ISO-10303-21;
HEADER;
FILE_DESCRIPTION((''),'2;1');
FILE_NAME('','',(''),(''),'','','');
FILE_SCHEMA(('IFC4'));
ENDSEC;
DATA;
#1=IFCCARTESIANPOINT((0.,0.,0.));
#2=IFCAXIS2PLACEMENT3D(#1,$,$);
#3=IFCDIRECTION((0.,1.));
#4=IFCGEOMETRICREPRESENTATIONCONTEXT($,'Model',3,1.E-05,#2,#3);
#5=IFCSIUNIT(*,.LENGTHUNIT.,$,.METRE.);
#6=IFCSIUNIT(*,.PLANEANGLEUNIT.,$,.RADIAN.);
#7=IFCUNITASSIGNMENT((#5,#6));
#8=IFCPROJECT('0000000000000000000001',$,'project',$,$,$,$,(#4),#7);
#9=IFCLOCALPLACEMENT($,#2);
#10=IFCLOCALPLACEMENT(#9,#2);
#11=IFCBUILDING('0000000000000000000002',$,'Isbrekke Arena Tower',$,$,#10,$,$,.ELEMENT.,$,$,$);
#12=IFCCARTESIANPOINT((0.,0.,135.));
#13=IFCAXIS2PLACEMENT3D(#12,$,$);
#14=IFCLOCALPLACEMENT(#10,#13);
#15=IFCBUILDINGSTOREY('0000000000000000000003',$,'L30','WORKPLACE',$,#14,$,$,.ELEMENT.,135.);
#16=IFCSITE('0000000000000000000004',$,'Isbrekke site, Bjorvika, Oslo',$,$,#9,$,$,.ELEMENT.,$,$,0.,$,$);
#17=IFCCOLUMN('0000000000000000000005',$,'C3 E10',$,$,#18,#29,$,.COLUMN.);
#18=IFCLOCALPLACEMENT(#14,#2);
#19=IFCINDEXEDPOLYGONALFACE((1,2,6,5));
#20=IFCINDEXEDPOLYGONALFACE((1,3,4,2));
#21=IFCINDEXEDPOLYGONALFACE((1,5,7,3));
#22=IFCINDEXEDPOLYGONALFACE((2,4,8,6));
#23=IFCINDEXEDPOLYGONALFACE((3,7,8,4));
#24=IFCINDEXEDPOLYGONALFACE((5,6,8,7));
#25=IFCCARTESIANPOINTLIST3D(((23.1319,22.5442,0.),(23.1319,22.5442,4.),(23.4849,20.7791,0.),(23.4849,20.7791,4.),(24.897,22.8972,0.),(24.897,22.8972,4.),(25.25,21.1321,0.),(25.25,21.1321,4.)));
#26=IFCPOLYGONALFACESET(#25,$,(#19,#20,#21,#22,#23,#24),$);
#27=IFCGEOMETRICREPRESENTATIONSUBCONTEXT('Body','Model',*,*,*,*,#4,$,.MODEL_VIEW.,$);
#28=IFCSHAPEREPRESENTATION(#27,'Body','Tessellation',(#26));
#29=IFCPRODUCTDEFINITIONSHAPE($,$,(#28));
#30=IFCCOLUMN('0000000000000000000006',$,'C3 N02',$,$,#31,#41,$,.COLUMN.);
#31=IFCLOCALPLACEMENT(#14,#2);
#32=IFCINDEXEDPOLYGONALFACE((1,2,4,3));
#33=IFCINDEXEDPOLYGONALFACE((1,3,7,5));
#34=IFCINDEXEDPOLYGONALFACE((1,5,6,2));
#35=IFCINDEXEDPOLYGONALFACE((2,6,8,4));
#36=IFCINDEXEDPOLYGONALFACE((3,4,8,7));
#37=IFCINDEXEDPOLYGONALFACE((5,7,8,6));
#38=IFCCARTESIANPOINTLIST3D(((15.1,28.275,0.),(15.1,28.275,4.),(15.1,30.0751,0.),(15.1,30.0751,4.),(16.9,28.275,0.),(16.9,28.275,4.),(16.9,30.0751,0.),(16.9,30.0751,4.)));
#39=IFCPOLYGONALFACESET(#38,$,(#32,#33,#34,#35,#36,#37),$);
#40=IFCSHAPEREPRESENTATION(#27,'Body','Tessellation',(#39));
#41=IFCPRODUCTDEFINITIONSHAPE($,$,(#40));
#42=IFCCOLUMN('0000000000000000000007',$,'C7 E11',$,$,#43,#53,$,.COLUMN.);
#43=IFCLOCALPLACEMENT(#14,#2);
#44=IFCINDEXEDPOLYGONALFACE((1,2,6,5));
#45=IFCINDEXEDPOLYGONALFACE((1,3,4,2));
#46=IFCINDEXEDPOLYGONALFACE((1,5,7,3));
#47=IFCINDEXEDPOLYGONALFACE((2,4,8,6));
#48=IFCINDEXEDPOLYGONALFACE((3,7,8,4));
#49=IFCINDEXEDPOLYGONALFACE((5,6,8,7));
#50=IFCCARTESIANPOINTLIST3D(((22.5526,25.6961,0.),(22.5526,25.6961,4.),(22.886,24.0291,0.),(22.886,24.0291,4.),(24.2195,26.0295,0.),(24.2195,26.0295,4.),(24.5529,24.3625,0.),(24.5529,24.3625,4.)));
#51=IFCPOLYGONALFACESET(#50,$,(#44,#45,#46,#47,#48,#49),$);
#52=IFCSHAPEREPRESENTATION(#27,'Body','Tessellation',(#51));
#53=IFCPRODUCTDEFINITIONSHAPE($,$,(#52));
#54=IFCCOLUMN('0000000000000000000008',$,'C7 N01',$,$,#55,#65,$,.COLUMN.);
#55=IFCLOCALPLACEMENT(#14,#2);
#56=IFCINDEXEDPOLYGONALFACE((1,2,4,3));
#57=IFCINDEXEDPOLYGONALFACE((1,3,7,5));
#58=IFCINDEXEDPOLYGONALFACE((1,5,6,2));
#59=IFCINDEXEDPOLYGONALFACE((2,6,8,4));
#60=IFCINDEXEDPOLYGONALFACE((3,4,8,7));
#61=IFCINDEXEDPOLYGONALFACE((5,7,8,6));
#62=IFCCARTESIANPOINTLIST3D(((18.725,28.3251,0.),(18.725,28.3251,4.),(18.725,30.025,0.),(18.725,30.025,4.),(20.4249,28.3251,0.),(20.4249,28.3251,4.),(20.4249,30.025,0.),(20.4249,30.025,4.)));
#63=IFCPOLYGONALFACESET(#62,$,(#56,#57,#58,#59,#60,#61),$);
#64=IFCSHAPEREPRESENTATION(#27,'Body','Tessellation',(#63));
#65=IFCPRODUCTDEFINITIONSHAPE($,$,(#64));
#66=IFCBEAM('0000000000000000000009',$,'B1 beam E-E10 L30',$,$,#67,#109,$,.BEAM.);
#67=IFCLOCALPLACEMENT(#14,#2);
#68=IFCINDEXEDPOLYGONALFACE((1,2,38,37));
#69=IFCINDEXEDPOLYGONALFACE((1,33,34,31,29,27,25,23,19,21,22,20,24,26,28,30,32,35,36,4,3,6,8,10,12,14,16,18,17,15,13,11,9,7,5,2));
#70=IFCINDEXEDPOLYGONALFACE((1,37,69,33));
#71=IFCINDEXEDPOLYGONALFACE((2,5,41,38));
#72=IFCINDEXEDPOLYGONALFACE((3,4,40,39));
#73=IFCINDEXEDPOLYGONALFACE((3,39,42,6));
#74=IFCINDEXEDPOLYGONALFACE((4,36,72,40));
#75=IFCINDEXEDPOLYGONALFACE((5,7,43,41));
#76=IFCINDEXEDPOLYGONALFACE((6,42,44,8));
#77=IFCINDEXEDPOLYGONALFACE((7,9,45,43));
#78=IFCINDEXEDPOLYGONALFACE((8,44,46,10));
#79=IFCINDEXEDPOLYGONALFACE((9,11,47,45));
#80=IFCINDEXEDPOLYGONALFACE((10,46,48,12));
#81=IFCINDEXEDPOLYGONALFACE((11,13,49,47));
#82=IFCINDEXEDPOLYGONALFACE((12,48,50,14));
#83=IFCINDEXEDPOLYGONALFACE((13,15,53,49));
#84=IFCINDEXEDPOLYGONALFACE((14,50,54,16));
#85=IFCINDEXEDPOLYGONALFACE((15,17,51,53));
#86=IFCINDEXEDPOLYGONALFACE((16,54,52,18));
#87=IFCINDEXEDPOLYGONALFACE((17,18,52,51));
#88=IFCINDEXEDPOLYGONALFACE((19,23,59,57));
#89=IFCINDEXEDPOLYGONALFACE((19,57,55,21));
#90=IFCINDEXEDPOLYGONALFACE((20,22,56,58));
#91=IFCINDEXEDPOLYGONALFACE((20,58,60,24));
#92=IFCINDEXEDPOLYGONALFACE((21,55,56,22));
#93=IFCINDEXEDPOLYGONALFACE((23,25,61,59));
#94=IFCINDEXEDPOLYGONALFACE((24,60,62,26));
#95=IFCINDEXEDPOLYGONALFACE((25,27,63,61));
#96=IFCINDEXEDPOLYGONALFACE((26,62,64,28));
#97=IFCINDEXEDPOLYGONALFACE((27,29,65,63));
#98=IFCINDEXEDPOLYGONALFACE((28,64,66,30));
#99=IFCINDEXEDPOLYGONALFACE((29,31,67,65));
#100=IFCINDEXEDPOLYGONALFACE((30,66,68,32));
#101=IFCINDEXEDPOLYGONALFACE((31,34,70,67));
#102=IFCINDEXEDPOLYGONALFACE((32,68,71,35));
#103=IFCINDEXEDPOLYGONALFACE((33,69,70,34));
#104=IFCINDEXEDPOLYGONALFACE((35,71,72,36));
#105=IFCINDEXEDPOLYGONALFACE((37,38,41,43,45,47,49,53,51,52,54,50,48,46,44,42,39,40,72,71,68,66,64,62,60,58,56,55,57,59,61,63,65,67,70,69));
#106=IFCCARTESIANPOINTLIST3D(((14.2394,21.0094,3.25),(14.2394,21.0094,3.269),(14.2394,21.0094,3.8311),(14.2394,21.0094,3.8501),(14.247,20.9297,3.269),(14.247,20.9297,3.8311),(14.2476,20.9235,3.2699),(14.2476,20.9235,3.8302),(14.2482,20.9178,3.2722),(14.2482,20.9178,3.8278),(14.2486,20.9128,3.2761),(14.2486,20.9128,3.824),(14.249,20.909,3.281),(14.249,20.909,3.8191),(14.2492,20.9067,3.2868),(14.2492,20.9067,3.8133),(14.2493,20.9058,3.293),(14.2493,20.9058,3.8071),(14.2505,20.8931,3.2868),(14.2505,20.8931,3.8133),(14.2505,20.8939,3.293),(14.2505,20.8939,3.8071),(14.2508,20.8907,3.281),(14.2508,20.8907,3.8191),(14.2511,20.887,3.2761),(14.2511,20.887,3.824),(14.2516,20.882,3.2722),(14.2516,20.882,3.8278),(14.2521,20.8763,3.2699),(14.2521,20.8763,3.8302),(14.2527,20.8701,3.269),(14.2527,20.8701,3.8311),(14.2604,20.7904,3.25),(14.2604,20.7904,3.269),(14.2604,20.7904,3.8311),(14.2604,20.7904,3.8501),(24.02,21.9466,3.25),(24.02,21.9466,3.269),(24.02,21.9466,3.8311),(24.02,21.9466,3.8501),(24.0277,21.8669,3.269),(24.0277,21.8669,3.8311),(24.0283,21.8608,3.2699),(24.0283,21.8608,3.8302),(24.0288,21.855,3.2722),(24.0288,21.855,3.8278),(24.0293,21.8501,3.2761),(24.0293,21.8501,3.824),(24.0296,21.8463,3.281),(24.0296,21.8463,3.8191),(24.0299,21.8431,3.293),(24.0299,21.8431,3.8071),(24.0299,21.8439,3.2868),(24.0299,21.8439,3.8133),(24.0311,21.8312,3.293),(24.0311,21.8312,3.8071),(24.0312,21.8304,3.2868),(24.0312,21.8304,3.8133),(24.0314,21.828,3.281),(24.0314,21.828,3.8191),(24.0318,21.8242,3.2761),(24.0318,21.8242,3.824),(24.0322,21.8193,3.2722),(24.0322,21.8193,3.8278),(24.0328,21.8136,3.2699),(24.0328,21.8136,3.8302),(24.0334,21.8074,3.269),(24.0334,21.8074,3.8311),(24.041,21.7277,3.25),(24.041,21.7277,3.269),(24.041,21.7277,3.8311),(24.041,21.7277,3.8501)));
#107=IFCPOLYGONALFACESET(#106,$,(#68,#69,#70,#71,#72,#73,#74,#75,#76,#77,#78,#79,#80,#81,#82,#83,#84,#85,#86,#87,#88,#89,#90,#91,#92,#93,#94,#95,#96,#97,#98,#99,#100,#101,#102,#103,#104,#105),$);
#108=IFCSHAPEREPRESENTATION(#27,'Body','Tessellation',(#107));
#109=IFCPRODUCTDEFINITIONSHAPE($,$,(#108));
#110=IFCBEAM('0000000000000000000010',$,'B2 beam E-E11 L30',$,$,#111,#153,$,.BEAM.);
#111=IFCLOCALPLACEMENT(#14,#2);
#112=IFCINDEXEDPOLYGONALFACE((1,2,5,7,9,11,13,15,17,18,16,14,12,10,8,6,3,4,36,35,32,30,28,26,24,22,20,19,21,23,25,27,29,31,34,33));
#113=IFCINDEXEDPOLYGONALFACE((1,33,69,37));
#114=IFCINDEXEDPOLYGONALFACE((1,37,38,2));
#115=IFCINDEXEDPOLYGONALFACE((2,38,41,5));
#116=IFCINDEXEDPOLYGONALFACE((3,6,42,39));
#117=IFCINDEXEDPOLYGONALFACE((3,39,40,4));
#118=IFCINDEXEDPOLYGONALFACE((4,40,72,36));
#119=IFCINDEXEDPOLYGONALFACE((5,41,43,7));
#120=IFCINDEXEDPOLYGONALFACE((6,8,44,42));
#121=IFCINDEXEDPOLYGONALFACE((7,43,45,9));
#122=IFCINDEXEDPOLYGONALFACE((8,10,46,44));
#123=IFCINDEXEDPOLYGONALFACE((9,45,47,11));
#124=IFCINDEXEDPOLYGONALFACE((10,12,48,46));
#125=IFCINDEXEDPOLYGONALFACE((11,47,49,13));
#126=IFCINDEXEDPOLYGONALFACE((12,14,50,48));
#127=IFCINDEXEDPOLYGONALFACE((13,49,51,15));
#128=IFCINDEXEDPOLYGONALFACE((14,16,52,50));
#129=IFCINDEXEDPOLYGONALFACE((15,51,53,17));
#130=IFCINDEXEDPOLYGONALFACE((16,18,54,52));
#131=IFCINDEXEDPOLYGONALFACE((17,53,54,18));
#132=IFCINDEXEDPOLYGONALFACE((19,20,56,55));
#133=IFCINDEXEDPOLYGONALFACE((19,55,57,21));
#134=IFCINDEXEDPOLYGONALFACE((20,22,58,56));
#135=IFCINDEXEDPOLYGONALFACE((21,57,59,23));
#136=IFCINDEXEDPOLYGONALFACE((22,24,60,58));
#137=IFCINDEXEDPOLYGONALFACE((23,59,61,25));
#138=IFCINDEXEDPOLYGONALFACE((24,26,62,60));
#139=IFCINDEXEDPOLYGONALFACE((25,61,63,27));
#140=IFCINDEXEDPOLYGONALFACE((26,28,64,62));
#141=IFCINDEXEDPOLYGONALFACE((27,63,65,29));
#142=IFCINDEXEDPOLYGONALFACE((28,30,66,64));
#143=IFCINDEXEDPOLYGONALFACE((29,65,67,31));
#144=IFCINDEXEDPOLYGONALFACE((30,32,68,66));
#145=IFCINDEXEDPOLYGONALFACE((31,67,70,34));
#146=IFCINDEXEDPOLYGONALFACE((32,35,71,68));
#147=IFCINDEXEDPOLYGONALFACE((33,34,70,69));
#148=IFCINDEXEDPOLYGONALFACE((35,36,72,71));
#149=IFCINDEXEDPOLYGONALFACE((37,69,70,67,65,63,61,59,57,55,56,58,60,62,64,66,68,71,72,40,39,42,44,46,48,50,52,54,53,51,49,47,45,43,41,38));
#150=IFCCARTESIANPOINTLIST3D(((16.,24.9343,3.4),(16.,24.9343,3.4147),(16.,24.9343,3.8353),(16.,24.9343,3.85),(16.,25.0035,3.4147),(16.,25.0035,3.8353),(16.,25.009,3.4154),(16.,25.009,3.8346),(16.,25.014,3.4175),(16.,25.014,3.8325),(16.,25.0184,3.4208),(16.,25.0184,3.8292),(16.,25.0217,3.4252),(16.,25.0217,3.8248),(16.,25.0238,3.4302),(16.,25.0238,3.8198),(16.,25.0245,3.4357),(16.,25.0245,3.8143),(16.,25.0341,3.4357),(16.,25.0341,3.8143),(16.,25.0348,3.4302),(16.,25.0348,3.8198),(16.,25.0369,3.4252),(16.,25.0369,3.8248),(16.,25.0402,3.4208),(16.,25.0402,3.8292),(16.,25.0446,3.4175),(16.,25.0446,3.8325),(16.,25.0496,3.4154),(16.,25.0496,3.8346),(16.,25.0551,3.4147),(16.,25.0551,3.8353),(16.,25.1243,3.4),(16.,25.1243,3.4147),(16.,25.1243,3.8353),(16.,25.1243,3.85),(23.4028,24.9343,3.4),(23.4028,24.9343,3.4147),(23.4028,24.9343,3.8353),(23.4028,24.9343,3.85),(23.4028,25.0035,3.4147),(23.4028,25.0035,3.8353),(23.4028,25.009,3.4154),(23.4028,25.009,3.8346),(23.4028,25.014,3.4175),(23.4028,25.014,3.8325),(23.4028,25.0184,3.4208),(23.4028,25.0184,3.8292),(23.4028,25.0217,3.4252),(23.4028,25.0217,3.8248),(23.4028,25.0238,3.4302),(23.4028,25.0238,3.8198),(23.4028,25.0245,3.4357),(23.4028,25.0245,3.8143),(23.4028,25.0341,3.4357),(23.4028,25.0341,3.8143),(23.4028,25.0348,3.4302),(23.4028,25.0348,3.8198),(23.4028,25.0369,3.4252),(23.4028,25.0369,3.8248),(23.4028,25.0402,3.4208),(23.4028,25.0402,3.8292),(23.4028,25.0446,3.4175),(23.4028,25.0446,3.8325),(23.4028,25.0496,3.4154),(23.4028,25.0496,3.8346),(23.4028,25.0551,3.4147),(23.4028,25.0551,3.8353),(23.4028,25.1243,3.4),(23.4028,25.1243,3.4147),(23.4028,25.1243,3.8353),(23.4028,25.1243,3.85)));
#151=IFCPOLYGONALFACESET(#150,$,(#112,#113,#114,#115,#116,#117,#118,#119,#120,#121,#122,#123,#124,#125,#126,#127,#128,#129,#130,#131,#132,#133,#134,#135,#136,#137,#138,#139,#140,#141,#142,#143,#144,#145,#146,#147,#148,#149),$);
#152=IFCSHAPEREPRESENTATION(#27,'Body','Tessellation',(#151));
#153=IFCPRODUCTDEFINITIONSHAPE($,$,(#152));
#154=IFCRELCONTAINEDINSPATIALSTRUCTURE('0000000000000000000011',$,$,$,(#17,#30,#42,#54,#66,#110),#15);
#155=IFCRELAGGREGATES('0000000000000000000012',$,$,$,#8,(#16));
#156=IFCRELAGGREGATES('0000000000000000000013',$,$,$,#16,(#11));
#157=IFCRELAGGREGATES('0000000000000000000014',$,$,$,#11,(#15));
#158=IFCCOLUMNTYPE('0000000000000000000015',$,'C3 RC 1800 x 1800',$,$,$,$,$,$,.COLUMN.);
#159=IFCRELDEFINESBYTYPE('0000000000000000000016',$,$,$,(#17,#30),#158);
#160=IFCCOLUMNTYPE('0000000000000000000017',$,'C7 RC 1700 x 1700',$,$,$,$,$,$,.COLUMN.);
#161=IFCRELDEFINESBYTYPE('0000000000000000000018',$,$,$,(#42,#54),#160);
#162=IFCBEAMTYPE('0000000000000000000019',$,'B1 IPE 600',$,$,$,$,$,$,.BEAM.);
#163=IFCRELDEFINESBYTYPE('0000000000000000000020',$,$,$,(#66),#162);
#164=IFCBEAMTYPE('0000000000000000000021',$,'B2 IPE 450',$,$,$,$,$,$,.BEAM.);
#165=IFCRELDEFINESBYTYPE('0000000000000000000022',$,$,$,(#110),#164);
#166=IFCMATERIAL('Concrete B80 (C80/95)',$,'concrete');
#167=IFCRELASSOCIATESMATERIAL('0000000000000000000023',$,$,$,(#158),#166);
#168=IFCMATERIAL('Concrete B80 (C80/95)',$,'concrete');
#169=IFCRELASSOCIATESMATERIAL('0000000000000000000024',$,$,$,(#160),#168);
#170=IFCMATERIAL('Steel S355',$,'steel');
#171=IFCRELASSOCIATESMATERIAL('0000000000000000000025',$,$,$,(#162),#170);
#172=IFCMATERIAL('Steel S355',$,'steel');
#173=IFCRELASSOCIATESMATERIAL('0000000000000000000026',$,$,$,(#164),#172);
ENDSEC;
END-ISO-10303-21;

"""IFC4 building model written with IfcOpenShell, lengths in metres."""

from ifc_helpers import new_model, si_unit, direction, frame, origin, origin_2d, place, context, subcontext, project, spatial, rectangle, i_section, extrude, material, material_profile, profile_set, type_object, element, save


model = new_model("IFC4")

# Units and contexts
model_context = context("Model", 3, precision=1e-05, world=origin(), true_north=direction((0.0, 1.0)))
body_context = subcontext(model_context, "Body", "Model", "MODEL_VIEW")
ifc_project = project(units=[si_unit("LENGTHUNIT", "METRE"), si_unit("PLANEANGLEUNIT", "RADIAN")], contexts=[model_context])

# Site, building, storey
site_placement = place(None, origin())
site = spatial("IfcSite", under=ifc_project, at=site_placement, Name="Isbrekke site, Bjorvika, Oslo", CompositionType="ELEMENT", RefElevation=0.0)
building_placement = place(site_placement, origin())
building = spatial("IfcBuilding", under=site, at=building_placement, Name="Isbrekke Arena Tower", CompositionType="ELEMENT")
storey_placement = place(building_placement, frame((0.0, 0.0, 135.0)))
storey = spatial("IfcBuildingStorey", under=building, at=storey_placement, Name="L30", Description="WORKPLACE", CompositionType="ELEMENT", Elevation=135.0)

# Columns
ifc_material_1 = material(Name="Concrete B80 (C80/95)", Category="concrete")
ifc_material_profile_1 = material_profile(ifc_material_1, rectangle(XDim=1.8, YDim=1.8, at=origin_2d()), Name="RC 1800x1800")
ifc_profile_set_1 = profile_set([ifc_material_profile_1], Name="Concrete B80 (C80/95)")
column_type_1 = type_object("IfcColumnType", Name="C3 RC 1800 x 1800", PredefinedType="COLUMN", material=ifc_profile_set_1)
for number, where, z_axis, x_axis, name in (
    (1, (24.1909, 21.8381, 0.0), (0.0, 0.0, 1.0), (-0.196116, 0.980581, 0.0), "C3 E10"),
    (2, (16.0, 29.175, 0.0), (0.0, 0.0, 1.0), (-1.0, 0.0, 0.0), "C3 N02"),
):
    element("IfcColumn", number, at=place(storey_placement, frame(where, z_axis=z_axis, x_axis=x_axis)), inside=storey, type_object=column_type_1, Name=name, PredefinedType="COLUMN", context=body_context, shape_type="SweptSolid", body=[
        extrude(rectangle(XDim=1.8, YDim=1.8, at=origin_2d()), origin(), (0.0, 0.0, 1.0), 4.0),
    ])
ifc_material_2 = material(Name="Concrete B80 (C80/95)", Category="concrete")
ifc_material_profile_2 = material_profile(ifc_material_2, rectangle(XDim=1.7, YDim=1.7, at=origin_2d()), Name="RC 1700x1700")
ifc_profile_set_2 = profile_set([ifc_material_profile_2], Name="Concrete B80 (C80/95)")
column_type_2 = type_object("IfcColumnType", Name="C7 RC 1700 x 1700", PredefinedType="COLUMN", material=ifc_profile_set_2)
for number, where, z_axis, x_axis, name in (
    (3, (23.5527, 25.0293, 0.0), (0.0, 0.0, 1.0), (-0.196116, 0.980581, 0.0), "C7 E11"),
    (4, (19.575, 29.175, 0.0), (0.0, 0.0, 1.0), (-1.0, 0.0, 0.0), "C7 N01"),
):
    element("IfcColumn", number, at=place(storey_placement, frame(where, z_axis=z_axis, x_axis=x_axis)), inside=storey, type_object=column_type_2, Name=name, PredefinedType="COLUMN", context=body_context, shape_type="SweptSolid", body=[
        extrude(rectangle(XDim=1.7, YDim=1.7, at=origin_2d()), origin(), (0.0, 0.0, 1.0), 4.0),
    ])

# Beams
ifc_material_3 = material(Name="Steel S355", Category="steel")
ifc_material_profile_3 = material_profile(ifc_material_3, i_section(OverallWidth=0.22, OverallDepth=0.6001, WebThickness=0.012, FlangeThickness=0.019, FilletRadius=0.0239, at=origin_2d()), Name="IPE 600")
ifc_profile_set_3 = profile_set([ifc_material_profile_3], Name="Steel S355")
beam_type_1 = type_object("IfcBeamType", Name="B1 IPE 600", PredefinedType="BEAM", material=ifc_profile_set_3)
beam_1_placement = place(storey_placement, frame((24.0305, 21.8372, 3.55), z_axis=(-0.99544, -0.095392, 0.0), x_axis=(0.095392, -0.99544, 0.0)))
element("IfcBeam", 5, at=beam_1_placement, inside=storey, type_object=beam_type_1, Name="B1 beam E-E10 L30", PredefinedType="BEAM", context=body_context, shape_type="SweptSolid", body=[
    extrude(i_section(OverallWidth=0.22, OverallDepth=0.6001, WebThickness=0.012, FlangeThickness=0.019, FilletRadius=0.0239, at=origin_2d()), origin(), (0.0, 0.0, 1.0), 9.8254),
])
ifc_material_4 = material(Name="Steel S355", Category="steel")
ifc_material_profile_4 = material_profile(ifc_material_4, i_section(OverallWidth=0.1899, OverallDepth=0.45, WebThickness=0.0095, FlangeThickness=0.0146, FilletRadius=0.021, at=origin_2d()), Name="IPE 450")
ifc_profile_set_4 = profile_set([ifc_material_profile_4], Name="Steel S355")
beam_type_2 = type_object("IfcBeamType", Name="B2 IPE 450", PredefinedType="BEAM", material=ifc_profile_set_4)
beam_2_placement = place(storey_placement, frame((23.4028, 25.0293, 3.625), z_axis=(-1.0, 0.0, 0.0), x_axis=(0.0, -1.0, 0.0)))
element("IfcBeam", 6, at=beam_2_placement, inside=storey, type_object=beam_type_2, Name="B2 beam E-E11 L30", PredefinedType="BEAM", context=body_context, shape_type="SweptSolid", body=[
    extrude(i_section(OverallWidth=0.1899, OverallDepth=0.45, WebThickness=0.0095, FlangeThickness=0.0146, FilletRadius=0.021, at=origin_2d()), origin(), (0.0, 0.0, 1.0), 7.4028),
])

save(model, "model.ifc")
